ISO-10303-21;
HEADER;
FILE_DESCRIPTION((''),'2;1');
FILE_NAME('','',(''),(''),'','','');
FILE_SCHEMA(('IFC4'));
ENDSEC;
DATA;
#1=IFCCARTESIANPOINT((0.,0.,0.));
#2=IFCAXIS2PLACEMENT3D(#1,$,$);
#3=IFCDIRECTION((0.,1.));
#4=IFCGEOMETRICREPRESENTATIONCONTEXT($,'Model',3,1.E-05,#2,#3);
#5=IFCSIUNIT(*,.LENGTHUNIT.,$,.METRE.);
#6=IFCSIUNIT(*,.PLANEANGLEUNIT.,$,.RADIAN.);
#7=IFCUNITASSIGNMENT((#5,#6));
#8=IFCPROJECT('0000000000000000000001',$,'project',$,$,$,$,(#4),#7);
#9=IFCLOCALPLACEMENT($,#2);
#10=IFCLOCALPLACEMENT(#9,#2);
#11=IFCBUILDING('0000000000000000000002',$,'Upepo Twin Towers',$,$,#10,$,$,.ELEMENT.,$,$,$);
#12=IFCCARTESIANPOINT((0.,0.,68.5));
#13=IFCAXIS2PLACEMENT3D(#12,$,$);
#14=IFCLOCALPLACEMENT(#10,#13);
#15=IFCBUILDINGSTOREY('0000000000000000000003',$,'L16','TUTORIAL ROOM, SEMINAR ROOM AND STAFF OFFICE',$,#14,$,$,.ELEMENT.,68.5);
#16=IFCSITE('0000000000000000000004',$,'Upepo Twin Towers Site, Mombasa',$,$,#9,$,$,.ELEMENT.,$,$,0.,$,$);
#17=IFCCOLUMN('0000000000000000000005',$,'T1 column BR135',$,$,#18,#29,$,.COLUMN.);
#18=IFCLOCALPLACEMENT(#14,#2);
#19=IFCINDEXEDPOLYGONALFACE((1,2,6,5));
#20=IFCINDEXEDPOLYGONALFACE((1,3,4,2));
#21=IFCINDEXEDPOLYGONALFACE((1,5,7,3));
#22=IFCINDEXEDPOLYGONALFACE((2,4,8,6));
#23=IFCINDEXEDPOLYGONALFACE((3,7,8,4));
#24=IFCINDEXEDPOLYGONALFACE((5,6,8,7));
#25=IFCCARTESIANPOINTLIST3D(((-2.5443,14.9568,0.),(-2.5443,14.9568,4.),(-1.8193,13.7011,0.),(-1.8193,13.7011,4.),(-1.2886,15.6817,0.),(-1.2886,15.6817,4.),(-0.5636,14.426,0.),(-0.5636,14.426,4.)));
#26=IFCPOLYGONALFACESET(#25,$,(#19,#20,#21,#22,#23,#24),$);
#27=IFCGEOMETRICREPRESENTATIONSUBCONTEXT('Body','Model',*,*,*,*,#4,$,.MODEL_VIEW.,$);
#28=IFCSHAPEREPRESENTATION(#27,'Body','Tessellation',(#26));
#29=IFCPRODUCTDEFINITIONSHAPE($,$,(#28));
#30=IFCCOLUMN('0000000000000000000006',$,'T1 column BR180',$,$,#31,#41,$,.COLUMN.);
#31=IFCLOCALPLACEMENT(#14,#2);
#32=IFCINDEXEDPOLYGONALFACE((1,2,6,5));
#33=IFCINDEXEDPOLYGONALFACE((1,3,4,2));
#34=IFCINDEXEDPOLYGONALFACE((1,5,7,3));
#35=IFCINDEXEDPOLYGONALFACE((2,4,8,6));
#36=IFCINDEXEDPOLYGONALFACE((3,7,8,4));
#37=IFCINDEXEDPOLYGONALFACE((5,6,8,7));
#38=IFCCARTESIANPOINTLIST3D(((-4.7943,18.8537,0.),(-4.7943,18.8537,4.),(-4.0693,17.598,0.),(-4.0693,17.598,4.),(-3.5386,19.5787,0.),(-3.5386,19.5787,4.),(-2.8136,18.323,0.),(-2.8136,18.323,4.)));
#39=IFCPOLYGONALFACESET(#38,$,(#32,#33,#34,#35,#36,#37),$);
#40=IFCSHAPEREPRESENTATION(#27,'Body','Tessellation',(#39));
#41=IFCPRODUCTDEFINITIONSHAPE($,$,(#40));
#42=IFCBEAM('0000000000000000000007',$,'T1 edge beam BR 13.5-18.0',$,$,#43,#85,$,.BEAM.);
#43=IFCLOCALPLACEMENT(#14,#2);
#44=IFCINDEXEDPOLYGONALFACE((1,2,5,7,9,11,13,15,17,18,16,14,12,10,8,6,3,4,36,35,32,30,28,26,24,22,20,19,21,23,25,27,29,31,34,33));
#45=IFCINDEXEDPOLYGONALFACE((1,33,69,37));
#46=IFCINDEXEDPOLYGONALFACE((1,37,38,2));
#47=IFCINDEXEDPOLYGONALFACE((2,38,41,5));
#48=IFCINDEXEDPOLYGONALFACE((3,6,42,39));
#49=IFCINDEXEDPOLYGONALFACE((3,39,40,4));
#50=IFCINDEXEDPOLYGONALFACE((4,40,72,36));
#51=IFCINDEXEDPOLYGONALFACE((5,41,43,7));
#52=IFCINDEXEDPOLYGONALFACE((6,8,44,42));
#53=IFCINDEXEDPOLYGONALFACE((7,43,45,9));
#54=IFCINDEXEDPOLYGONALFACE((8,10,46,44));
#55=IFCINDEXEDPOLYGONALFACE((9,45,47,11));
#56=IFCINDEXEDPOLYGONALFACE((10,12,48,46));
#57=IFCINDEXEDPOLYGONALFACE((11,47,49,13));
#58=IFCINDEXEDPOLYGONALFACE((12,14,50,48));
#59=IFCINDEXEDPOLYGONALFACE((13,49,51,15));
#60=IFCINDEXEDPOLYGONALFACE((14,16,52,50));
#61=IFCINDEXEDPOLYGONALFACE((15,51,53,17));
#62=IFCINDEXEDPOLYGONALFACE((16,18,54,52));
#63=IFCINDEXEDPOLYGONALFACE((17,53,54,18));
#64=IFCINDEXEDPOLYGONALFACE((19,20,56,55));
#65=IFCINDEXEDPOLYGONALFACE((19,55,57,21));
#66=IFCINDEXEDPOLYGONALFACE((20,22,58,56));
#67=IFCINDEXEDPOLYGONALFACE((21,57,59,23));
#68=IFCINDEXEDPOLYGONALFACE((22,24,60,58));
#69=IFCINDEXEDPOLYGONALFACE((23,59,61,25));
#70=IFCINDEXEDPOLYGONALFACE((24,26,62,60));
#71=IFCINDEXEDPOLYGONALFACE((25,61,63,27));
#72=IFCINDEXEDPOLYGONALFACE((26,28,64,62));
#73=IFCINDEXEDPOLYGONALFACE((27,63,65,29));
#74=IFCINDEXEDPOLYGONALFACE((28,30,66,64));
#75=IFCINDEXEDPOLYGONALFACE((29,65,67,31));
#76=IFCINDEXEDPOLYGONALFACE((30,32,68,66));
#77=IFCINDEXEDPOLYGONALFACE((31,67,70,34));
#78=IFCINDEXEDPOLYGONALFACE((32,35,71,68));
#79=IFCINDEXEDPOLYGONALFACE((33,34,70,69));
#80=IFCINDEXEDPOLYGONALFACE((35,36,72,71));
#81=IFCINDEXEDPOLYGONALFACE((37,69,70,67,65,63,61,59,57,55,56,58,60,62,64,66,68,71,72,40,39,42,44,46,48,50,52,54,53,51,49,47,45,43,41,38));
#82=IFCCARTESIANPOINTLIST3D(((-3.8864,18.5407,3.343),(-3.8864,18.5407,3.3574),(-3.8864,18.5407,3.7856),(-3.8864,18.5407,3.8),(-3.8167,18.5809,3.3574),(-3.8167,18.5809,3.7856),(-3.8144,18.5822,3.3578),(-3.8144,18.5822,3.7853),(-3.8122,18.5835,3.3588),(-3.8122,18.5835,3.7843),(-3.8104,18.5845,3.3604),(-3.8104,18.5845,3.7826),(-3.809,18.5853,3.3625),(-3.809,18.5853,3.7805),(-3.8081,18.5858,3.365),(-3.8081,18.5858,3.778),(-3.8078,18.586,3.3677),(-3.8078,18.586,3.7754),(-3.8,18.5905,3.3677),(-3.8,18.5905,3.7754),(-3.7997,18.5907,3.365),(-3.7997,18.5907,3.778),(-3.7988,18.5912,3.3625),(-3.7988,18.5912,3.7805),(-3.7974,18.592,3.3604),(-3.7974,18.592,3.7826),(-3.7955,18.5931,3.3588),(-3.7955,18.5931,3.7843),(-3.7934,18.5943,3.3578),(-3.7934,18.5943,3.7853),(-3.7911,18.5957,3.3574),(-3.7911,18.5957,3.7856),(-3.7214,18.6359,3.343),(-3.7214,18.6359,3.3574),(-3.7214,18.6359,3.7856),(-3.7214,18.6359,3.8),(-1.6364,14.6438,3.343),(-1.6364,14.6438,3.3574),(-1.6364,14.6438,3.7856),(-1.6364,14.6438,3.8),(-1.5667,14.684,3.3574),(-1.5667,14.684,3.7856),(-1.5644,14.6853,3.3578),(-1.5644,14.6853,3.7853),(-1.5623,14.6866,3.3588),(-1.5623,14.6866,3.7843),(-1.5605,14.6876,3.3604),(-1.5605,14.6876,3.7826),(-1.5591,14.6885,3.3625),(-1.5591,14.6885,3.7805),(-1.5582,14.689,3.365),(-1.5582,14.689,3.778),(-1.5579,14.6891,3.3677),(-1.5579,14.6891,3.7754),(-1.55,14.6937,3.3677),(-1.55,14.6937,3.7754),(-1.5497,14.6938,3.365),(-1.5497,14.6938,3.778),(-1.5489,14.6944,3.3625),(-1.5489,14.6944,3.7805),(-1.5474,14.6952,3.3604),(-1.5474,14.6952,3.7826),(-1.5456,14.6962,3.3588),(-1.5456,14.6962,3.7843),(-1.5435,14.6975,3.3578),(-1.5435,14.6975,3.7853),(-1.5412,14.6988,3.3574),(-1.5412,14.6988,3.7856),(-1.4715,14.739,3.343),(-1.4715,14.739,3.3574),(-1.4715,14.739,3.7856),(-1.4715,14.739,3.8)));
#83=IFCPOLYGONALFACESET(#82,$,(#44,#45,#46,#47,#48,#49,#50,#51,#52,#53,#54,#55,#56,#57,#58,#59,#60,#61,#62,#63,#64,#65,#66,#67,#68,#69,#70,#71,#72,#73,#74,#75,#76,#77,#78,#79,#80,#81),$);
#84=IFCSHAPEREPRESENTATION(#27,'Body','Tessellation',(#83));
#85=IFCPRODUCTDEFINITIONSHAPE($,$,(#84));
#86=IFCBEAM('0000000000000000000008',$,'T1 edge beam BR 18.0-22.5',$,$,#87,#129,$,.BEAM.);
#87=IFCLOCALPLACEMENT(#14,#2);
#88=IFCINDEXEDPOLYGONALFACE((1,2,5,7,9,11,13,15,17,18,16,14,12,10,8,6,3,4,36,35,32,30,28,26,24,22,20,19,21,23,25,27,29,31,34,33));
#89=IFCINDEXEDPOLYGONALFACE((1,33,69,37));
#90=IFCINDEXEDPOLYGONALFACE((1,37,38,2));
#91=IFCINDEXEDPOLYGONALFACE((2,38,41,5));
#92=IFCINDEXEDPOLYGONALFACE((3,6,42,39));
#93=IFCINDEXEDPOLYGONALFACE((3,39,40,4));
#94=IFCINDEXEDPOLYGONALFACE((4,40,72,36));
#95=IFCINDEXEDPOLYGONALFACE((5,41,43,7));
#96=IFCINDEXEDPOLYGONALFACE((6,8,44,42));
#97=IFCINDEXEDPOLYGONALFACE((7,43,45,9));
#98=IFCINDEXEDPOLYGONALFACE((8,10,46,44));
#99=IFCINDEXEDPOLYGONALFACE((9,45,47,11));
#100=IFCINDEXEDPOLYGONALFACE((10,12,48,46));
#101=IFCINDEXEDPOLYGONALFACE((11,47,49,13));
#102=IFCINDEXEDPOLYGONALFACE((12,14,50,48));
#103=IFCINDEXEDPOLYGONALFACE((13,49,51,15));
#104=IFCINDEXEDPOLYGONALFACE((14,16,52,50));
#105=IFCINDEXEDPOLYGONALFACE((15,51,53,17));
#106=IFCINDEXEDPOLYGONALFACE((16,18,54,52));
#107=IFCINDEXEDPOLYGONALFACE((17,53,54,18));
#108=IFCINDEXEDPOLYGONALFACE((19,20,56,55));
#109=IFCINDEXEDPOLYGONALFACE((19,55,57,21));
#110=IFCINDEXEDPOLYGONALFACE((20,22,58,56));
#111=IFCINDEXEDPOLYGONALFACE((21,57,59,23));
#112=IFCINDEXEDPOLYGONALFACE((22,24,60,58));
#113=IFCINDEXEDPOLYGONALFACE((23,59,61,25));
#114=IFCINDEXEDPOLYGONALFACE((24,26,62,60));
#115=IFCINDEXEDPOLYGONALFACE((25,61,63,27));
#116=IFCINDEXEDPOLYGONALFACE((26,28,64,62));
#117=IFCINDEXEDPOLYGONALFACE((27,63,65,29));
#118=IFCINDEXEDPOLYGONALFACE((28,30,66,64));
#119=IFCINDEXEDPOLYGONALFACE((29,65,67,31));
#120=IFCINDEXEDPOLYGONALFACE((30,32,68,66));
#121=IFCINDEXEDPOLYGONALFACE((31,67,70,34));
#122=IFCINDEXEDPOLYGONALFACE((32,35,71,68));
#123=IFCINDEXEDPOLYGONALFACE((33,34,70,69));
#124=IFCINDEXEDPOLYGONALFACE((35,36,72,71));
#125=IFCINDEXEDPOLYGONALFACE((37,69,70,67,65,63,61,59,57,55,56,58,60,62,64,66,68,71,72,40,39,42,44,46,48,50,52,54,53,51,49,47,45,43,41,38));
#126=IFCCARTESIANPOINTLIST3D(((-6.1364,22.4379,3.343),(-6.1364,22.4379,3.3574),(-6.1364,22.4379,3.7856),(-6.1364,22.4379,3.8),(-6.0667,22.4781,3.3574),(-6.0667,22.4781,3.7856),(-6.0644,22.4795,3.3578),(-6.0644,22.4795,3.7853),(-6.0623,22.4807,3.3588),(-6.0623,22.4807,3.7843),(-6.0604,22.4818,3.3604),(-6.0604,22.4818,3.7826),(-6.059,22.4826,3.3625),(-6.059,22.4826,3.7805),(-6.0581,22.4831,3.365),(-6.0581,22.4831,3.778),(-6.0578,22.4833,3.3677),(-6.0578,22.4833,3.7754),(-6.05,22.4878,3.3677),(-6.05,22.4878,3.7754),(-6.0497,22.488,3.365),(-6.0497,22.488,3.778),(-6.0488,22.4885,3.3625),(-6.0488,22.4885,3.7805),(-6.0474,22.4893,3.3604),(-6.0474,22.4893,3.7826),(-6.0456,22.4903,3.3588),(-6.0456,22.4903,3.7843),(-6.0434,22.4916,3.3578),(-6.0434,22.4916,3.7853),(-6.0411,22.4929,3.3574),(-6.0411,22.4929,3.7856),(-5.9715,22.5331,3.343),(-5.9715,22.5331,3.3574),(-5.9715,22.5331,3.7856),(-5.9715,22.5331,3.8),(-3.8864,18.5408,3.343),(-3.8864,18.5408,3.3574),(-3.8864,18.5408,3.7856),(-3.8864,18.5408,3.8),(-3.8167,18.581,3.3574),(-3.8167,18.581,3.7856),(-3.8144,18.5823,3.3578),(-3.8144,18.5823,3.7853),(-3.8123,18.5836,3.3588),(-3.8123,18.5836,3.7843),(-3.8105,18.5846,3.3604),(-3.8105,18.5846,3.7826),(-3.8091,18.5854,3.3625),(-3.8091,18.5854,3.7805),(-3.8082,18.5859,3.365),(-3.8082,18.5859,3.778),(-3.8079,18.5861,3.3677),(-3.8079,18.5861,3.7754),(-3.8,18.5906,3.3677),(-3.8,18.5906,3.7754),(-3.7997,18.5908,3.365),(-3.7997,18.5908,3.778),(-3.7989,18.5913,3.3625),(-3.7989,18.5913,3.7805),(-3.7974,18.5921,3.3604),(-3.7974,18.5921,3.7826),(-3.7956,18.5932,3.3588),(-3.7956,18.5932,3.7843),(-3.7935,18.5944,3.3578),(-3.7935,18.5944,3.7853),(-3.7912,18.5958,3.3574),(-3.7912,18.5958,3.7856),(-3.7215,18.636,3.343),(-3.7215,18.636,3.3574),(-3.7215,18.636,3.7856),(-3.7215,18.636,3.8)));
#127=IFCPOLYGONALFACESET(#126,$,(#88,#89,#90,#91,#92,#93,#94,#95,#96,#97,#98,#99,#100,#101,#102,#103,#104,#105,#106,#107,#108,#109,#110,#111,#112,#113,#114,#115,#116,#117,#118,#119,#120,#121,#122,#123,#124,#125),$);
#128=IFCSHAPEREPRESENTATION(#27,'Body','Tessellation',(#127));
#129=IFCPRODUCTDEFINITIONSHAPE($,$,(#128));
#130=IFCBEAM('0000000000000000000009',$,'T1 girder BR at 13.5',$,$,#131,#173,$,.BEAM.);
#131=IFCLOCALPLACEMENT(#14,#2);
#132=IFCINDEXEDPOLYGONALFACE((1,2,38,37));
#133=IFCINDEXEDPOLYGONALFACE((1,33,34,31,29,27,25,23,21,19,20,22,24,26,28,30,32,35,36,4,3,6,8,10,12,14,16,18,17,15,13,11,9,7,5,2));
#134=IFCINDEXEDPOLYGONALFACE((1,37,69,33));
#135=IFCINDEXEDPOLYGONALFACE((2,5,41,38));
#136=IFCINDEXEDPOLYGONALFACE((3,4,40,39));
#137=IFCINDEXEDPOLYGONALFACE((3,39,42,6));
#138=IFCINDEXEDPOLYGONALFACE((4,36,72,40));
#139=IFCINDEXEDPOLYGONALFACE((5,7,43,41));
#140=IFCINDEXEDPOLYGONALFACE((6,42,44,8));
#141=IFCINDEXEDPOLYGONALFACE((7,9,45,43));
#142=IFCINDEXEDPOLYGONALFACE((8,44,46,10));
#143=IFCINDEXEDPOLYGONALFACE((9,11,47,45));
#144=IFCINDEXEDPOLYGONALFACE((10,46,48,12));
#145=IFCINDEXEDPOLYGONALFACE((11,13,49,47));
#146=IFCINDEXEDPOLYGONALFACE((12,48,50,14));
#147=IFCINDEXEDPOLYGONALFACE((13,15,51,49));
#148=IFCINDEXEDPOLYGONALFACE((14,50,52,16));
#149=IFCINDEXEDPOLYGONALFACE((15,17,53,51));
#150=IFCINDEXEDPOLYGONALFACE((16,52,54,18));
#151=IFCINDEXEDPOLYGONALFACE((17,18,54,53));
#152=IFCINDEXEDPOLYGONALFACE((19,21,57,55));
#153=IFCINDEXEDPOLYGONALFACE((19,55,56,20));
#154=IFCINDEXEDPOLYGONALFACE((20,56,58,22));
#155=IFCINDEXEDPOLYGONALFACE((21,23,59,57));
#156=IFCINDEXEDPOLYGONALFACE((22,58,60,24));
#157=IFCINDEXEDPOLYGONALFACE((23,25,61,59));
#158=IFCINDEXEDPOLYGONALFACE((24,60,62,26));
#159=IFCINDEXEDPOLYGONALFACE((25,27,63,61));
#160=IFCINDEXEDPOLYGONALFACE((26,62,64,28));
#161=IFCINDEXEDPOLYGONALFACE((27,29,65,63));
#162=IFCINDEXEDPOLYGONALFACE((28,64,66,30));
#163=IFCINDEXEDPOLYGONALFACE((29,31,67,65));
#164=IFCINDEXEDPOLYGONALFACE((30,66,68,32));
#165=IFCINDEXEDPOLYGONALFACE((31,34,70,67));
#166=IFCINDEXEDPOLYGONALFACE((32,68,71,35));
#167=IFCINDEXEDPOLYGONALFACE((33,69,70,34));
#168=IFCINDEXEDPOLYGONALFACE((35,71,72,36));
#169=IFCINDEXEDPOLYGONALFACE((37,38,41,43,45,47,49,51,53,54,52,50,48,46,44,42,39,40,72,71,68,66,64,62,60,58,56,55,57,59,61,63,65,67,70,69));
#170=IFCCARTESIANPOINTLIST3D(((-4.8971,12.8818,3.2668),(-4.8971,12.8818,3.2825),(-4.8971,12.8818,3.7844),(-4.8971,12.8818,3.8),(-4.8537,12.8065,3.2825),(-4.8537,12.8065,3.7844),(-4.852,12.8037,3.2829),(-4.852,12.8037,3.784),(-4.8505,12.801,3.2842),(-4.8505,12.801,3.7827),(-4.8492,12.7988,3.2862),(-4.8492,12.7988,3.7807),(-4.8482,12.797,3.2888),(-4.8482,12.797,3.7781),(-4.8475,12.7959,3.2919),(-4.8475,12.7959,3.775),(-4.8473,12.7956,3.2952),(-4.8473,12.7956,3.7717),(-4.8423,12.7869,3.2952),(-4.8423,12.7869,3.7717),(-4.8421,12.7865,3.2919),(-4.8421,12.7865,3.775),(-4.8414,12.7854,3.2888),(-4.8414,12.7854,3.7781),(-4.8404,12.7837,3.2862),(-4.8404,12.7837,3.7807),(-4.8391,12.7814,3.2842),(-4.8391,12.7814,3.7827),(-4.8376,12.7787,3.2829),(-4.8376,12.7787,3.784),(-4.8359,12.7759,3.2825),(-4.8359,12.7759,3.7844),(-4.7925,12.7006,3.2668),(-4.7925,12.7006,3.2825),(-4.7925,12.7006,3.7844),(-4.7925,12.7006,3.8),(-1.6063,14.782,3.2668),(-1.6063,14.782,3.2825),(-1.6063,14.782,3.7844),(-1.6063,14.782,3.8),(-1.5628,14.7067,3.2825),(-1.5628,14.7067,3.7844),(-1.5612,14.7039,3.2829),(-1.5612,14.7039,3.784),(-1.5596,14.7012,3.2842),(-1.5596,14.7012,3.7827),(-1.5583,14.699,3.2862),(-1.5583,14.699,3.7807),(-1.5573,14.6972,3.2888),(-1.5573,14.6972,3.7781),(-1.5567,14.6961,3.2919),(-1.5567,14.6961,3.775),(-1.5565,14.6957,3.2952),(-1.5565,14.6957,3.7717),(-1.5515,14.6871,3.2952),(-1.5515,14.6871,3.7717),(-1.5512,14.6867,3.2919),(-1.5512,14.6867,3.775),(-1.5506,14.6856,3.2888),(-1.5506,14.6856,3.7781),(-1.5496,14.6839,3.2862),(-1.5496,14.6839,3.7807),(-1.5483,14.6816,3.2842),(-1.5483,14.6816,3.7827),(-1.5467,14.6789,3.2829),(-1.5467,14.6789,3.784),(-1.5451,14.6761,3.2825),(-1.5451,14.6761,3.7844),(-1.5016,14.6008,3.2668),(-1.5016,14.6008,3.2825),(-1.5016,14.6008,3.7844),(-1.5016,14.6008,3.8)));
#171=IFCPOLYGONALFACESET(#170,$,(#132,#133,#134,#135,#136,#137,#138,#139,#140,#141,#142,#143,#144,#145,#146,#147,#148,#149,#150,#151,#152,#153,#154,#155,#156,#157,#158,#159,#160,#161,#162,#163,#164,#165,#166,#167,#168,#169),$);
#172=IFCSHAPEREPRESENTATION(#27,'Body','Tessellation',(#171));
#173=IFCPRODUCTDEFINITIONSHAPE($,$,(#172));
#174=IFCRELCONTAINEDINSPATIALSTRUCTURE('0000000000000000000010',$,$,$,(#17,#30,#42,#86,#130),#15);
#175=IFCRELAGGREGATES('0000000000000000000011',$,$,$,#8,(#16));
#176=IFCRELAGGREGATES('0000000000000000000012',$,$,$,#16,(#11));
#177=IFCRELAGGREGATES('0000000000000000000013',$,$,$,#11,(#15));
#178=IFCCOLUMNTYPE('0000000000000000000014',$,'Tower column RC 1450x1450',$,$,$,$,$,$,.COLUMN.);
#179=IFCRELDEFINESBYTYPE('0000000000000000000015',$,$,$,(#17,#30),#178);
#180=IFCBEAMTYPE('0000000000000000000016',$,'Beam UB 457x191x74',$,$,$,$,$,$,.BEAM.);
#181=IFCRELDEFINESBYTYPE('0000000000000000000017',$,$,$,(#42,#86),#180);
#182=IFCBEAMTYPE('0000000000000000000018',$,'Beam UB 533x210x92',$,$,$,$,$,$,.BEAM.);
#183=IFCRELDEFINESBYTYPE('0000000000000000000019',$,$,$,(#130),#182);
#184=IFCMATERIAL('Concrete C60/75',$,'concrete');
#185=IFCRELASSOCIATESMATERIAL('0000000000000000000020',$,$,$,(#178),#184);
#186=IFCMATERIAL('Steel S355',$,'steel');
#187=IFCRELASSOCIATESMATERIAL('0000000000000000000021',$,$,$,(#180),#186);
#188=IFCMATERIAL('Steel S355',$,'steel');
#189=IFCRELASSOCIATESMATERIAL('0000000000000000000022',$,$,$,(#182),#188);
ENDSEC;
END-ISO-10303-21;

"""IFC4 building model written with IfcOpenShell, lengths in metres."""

from ifc_helpers import new_model, si_unit, direction, frame, origin, origin_2d, place, context, subcontext, project, spatial, rectangle, i_section, extrude, material, material_profile, profile_set, type_object, element, save


model = new_model("IFC4")

# Units and contexts
model_context = context("Model", 3, precision=1e-05, world=origin(), true_north=direction((0.0, 1.0)))
body_context = subcontext(model_context, "Body", "Model", "MODEL_VIEW")
ifc_project = project(units=[si_unit("LENGTHUNIT", "METRE"), si_unit("PLANEANGLEUNIT", "RADIAN")], contexts=[model_context])

# Site, building, storey
site_placement = place(None, origin())
site = spatial("IfcSite", under=ifc_project, at=site_placement, Name="Upepo Twin Towers Site, Mombasa", CompositionType="ELEMENT", RefElevation=0.0)
building_placement = place(site_placement, origin())
building = spatial("IfcBuilding", under=site, at=building_placement, Name="Upepo Twin Towers", CompositionType="ELEMENT")
storey_placement = place(building_placement, frame((0.0, 0.0, 68.5)))
storey = spatial("IfcBuildingStorey", under=building, at=storey_placement, Name="L16", Description="TUTORIAL ROOM, SEMINAR ROOM AND STAFF OFFICE", CompositionType="ELEMENT", Elevation=68.5)

# Columns
ifc_material_1 = material(Name="Concrete C60/75", Category="concrete")
ifc_material_profile_1 = material_profile(ifc_material_1, rectangle(XDim=1.45, YDim=1.45, at=origin_2d()), Name="RC 1450x1450")
ifc_profile_set_1 = profile_set([ifc_material_profile_1], Name="Concrete C60/75")
column_type = type_object("IfcColumnType", Name="Tower column RC 1450x1450", PredefinedType="COLUMN", material=ifc_profile_set_1)
for number, where, z_axis, x_axis, name in (
    (1, (-1.554, 14.6914, 0.0), (0.0, 0.0, 1.0), (0.866025, 0.5, 0.0), "T1 column BR135"),
    (2, (-3.804, 18.5884, 0.0), (0.0, 0.0, 1.0), (0.866025, 0.5, 0.0), "T1 column BR180"),
):
    element("IfcColumn", number, at=place(storey_placement, frame(where, z_axis=z_axis, x_axis=x_axis)), inside=storey, type_object=column_type, Name=name, PredefinedType="COLUMN", context=body_context, shape_type="SweptSolid", body=[
        extrude(rectangle(XDim=1.45, YDim=1.45, at=origin_2d()), origin(), (0.0, 0.0, 1.0), 4.0),
    ])

# Beams
ifc_material_2 = material(Name="Steel S355", Category="steel")
ifc_material_profile_2 = material_profile(ifc_material_2, i_section(OverallWidth=0.1904, OverallDepth=0.457, WebThickness=0.009, FlangeThickness=0.0144, FilletRadius=0.0103, at=origin_2d()), Name="UB 457x191x74")
ifc_profile_set_2 = profile_set([ifc_material_profile_2], Name="Steel S355")
beam_type_1 = type_object("IfcBeamType", Name="Beam UB 457x191x74", PredefinedType="BEAM", material=ifc_profile_set_2)
beam_1_placement = place(storey_placement, frame((-1.554, 14.6914, 3.5715), z_axis=(-0.500014, 0.866018, 0.0), x_axis=(-0.866018, -0.500014, 0.0)))
element("IfcBeam", 3, at=beam_1_placement, inside=storey, type_object=beam_type_1, Name="T1 edge beam BR 13.5-18.0", PredefinedType="BEAM", context=body_context, shape_type="SweptSolid", body=[
    extrude(i_section(OverallWidth=0.1904, OverallDepth=0.457, WebThickness=0.009, FlangeThickness=0.0144, FilletRadius=0.0103, at=origin_2d()), origin(), (0.0, 0.0, 1.0), 4.4998),
])
beam_2_placement = place(storey_placement, frame((-3.804, 18.5884, 3.5715), z_axis=(-0.49999, 0.866031, 0.0), x_axis=(-0.866031, -0.49999, 0.0)))
element("IfcBeam", 4, at=beam_2_placement, inside=storey, type_object=beam_type_1, Name="T1 edge beam BR 18.0-22.5", PredefinedType="BEAM", context=body_context, shape_type="SweptSolid", body=[
    extrude(i_section(OverallWidth=0.1904, OverallDepth=0.457, WebThickness=0.009, FlangeThickness=0.0144, FilletRadius=0.0103, at=origin_2d()), origin(), (0.0, 0.0, 1.0), 4.5),
])
ifc_material_3 = material(Name="Steel S355", Category="steel")
ifc_material_profile_3 = material_profile(ifc_material_3, i_section(OverallWidth=0.2092, OverallDepth=0.5332, WebThickness=0.01, FlangeThickness=0.0156, FilletRadius=0.0127, at=origin_2d()), Name="UB 533x210x92")
ifc_profile_set_3 = profile_set([ifc_material_profile_3], Name="Steel S355")
beam_type_2 = type_object("IfcBeamType", Name="Beam UB 533x210x92", PredefinedType="BEAM", material=ifc_profile_set_3)
beam_3_placement = place(storey_placement, frame((-1.554, 14.6914, 3.5334), z_axis=(-0.866, -0.500043, 0.0), x_axis=(0.500043, -0.866, 0.0)))
element("IfcBeam", 5, at=beam_3_placement, inside=storey, type_object=beam_type_2, Name="T1 girder BR at 13.5", PredefinedType="BEAM", context=body_context, shape_type="SweptSolid", body=[
    extrude(i_section(OverallWidth=0.2092, OverallDepth=0.5332, WebThickness=0.01, FlangeThickness=0.0156, FilletRadius=0.0127, at=origin_2d()), origin(), (0.0, 0.0, 1.0), 3.8),
])

save(model, "model.ifc")
